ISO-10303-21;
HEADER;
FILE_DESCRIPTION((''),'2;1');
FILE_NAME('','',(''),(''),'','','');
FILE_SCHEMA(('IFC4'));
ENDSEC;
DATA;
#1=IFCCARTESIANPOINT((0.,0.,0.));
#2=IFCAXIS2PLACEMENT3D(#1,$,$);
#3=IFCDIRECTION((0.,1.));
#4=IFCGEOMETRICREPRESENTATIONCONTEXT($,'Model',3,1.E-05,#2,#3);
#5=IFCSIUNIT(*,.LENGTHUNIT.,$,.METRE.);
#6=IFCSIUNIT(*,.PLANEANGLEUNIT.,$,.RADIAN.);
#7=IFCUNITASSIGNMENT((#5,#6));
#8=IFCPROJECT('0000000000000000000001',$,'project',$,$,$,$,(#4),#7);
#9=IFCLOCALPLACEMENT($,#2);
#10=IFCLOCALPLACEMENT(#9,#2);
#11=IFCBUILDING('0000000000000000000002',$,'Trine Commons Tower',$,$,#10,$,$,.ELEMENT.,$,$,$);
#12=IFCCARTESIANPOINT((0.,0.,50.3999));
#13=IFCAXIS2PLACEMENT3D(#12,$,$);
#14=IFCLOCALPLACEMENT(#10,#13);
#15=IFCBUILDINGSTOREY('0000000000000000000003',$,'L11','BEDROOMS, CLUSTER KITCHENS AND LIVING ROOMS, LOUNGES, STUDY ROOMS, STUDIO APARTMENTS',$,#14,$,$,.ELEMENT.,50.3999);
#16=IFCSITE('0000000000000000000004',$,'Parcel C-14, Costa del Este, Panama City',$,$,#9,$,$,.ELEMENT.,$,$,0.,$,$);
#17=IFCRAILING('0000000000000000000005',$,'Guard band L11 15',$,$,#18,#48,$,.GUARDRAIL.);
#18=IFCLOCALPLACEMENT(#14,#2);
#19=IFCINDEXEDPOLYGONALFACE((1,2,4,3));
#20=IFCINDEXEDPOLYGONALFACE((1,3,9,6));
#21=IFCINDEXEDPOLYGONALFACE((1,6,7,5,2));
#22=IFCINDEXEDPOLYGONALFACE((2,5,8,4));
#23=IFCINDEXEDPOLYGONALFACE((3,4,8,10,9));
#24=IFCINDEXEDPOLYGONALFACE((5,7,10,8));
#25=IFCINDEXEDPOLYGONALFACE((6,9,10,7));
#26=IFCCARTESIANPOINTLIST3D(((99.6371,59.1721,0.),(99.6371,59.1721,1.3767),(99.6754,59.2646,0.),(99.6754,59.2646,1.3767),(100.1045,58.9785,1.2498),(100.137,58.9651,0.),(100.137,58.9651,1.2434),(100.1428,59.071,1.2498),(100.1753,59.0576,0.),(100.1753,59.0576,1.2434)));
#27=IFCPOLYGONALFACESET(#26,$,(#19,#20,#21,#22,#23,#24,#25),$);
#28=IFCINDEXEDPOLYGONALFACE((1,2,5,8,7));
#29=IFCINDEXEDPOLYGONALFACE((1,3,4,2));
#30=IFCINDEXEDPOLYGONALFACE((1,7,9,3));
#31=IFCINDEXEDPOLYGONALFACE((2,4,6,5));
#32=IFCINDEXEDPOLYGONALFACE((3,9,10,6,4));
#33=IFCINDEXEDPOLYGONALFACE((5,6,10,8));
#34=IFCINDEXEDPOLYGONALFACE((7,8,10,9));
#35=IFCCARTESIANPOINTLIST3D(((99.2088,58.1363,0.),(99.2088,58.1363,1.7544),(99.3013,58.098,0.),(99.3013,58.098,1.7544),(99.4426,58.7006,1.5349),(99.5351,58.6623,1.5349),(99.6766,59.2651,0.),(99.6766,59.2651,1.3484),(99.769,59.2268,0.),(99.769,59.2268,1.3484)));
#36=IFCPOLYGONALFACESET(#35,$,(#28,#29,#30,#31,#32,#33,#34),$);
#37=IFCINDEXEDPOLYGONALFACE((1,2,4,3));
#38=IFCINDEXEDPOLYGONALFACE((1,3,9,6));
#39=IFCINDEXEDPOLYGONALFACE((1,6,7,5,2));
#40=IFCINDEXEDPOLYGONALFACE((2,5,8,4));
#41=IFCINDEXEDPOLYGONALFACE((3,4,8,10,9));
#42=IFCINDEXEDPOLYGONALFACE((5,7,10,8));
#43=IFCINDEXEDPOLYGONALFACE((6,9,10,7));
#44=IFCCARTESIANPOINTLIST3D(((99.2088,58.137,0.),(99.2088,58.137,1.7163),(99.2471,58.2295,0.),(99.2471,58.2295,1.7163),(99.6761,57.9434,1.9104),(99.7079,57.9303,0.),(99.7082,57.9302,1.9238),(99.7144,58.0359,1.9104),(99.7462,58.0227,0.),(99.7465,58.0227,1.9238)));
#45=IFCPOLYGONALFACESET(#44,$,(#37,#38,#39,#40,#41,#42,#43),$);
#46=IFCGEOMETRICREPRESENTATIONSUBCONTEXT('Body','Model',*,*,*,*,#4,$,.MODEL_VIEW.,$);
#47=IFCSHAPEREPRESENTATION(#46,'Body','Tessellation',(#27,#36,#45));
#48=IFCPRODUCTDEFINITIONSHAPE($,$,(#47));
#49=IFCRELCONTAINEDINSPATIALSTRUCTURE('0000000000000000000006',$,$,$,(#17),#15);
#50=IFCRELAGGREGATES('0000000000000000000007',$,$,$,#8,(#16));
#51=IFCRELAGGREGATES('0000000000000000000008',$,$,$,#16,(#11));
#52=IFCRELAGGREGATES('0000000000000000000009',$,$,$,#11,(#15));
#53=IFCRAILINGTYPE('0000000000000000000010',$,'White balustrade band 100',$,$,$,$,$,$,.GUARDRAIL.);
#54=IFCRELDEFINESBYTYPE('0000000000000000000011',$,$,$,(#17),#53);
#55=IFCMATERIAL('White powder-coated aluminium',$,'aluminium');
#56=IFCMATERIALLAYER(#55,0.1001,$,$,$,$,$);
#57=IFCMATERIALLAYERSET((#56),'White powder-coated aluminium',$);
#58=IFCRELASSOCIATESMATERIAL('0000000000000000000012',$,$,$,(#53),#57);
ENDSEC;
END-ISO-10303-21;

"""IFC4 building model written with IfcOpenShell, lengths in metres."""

from ifc_helpers import new_model, si_unit, direction, frame, origin, place, context, subcontext, project, spatial, polyline, outline, extrude, material, layer, layer_set, type_object, element, save


model = new_model("IFC4")

# Units and contexts
model_context = context("Model", 3, precision=1e-05, world=origin(), true_north=direction((0.0, 1.0)))
body_context = subcontext(model_context, "Body", "Model", "MODEL_VIEW")
ifc_project = project(units=[si_unit("LENGTHUNIT", "METRE"), si_unit("PLANEANGLEUNIT", "RADIAN")], contexts=[model_context])

# Site, building, storey
site_placement = place(None, origin())
site = spatial("IfcSite", under=ifc_project, at=site_placement, Name="Parcel C-14, Costa del Este, Panama City", CompositionType="ELEMENT", RefElevation=0.0)
building_placement = place(site_placement, origin())
building = spatial("IfcBuilding", under=site, at=building_placement, Name="Trine Commons Tower", CompositionType="ELEMENT")
storey_placement = place(building_placement, frame((0.0, 0.0, 50.3999)))
storey = spatial("IfcBuildingStorey", under=building, at=storey_placement, Name="L11", Description="BEDROOMS, CLUSTER KITCHENS AND LIVING ROOMS, LOUNGES, STUDY ROOMS, STUDIO APARTMENTS", CompositionType="ELEMENT", Elevation=50.3999)

# Railing
ifc_material_1 = material(Name="White powder-coated aluminium", Category="aluminium")
ifc_layer_1 = layer(ifc_material_1, 0.1001)
ifc_layer_set_1 = layer_set([ifc_layer_1], Name="White powder-coated aluminium")
railing_type = type_object("IfcRailingType", Name="White balustrade band 100", PredefinedType="GUARDRAIL", material=ifc_layer_set_1)
railing_1_placement = place(storey_placement, origin())
element("IfcRailing", 1, at=railing_1_placement, inside=storey, type_object=railing_type, Name="Guard band L11 15", PredefinedType="GUARDRAIL", context=body_context, shape_type="SweptSolid", body=[
    extrude(outline(polyline([(0.0, 0.0), (0.541, 0.0), (0.541, 1.3767), (0.0352, 1.2498), (0.0, 1.2434), (0.0, 0.0)])), frame((100.137, 58.9651, 0.0), z_axis=(0.382724, 0.923863, 0.0), x_axis=(-0.923863, 0.382724, 0.0)), (0.0, 0.0, 1.0), 0.1001),
    extrude(outline(polyline([(0.0, 0.0), (1.2219, 0.0), (1.2219, 1.7544), (0.6111, 1.5349), (0.0, 1.3484), (0.0, 0.0)])), frame((99.769, 59.2268, 0.0), z_axis=(-0.923832, 0.382799, 0.0), x_axis=(-0.382799, -0.923832, 0.0)), (0.0, 0.0, 1.0), 0.1001),
    extrude(outline(polyline([(0.0, 0.0), (0.5403, 0.0), (0.5405, 1.9238), (0.5059, 1.9104), (0.0, 1.7163), (0.0, 0.0)])), frame((99.2471, 58.2295, 0.0), z_axis=(-0.382658, -0.92389, 0.0), x_axis=(0.92389, -0.382658, 0.0)), (0.0, 0.0, 1.0), 0.1001),
])

save(model, "model.ifc")
